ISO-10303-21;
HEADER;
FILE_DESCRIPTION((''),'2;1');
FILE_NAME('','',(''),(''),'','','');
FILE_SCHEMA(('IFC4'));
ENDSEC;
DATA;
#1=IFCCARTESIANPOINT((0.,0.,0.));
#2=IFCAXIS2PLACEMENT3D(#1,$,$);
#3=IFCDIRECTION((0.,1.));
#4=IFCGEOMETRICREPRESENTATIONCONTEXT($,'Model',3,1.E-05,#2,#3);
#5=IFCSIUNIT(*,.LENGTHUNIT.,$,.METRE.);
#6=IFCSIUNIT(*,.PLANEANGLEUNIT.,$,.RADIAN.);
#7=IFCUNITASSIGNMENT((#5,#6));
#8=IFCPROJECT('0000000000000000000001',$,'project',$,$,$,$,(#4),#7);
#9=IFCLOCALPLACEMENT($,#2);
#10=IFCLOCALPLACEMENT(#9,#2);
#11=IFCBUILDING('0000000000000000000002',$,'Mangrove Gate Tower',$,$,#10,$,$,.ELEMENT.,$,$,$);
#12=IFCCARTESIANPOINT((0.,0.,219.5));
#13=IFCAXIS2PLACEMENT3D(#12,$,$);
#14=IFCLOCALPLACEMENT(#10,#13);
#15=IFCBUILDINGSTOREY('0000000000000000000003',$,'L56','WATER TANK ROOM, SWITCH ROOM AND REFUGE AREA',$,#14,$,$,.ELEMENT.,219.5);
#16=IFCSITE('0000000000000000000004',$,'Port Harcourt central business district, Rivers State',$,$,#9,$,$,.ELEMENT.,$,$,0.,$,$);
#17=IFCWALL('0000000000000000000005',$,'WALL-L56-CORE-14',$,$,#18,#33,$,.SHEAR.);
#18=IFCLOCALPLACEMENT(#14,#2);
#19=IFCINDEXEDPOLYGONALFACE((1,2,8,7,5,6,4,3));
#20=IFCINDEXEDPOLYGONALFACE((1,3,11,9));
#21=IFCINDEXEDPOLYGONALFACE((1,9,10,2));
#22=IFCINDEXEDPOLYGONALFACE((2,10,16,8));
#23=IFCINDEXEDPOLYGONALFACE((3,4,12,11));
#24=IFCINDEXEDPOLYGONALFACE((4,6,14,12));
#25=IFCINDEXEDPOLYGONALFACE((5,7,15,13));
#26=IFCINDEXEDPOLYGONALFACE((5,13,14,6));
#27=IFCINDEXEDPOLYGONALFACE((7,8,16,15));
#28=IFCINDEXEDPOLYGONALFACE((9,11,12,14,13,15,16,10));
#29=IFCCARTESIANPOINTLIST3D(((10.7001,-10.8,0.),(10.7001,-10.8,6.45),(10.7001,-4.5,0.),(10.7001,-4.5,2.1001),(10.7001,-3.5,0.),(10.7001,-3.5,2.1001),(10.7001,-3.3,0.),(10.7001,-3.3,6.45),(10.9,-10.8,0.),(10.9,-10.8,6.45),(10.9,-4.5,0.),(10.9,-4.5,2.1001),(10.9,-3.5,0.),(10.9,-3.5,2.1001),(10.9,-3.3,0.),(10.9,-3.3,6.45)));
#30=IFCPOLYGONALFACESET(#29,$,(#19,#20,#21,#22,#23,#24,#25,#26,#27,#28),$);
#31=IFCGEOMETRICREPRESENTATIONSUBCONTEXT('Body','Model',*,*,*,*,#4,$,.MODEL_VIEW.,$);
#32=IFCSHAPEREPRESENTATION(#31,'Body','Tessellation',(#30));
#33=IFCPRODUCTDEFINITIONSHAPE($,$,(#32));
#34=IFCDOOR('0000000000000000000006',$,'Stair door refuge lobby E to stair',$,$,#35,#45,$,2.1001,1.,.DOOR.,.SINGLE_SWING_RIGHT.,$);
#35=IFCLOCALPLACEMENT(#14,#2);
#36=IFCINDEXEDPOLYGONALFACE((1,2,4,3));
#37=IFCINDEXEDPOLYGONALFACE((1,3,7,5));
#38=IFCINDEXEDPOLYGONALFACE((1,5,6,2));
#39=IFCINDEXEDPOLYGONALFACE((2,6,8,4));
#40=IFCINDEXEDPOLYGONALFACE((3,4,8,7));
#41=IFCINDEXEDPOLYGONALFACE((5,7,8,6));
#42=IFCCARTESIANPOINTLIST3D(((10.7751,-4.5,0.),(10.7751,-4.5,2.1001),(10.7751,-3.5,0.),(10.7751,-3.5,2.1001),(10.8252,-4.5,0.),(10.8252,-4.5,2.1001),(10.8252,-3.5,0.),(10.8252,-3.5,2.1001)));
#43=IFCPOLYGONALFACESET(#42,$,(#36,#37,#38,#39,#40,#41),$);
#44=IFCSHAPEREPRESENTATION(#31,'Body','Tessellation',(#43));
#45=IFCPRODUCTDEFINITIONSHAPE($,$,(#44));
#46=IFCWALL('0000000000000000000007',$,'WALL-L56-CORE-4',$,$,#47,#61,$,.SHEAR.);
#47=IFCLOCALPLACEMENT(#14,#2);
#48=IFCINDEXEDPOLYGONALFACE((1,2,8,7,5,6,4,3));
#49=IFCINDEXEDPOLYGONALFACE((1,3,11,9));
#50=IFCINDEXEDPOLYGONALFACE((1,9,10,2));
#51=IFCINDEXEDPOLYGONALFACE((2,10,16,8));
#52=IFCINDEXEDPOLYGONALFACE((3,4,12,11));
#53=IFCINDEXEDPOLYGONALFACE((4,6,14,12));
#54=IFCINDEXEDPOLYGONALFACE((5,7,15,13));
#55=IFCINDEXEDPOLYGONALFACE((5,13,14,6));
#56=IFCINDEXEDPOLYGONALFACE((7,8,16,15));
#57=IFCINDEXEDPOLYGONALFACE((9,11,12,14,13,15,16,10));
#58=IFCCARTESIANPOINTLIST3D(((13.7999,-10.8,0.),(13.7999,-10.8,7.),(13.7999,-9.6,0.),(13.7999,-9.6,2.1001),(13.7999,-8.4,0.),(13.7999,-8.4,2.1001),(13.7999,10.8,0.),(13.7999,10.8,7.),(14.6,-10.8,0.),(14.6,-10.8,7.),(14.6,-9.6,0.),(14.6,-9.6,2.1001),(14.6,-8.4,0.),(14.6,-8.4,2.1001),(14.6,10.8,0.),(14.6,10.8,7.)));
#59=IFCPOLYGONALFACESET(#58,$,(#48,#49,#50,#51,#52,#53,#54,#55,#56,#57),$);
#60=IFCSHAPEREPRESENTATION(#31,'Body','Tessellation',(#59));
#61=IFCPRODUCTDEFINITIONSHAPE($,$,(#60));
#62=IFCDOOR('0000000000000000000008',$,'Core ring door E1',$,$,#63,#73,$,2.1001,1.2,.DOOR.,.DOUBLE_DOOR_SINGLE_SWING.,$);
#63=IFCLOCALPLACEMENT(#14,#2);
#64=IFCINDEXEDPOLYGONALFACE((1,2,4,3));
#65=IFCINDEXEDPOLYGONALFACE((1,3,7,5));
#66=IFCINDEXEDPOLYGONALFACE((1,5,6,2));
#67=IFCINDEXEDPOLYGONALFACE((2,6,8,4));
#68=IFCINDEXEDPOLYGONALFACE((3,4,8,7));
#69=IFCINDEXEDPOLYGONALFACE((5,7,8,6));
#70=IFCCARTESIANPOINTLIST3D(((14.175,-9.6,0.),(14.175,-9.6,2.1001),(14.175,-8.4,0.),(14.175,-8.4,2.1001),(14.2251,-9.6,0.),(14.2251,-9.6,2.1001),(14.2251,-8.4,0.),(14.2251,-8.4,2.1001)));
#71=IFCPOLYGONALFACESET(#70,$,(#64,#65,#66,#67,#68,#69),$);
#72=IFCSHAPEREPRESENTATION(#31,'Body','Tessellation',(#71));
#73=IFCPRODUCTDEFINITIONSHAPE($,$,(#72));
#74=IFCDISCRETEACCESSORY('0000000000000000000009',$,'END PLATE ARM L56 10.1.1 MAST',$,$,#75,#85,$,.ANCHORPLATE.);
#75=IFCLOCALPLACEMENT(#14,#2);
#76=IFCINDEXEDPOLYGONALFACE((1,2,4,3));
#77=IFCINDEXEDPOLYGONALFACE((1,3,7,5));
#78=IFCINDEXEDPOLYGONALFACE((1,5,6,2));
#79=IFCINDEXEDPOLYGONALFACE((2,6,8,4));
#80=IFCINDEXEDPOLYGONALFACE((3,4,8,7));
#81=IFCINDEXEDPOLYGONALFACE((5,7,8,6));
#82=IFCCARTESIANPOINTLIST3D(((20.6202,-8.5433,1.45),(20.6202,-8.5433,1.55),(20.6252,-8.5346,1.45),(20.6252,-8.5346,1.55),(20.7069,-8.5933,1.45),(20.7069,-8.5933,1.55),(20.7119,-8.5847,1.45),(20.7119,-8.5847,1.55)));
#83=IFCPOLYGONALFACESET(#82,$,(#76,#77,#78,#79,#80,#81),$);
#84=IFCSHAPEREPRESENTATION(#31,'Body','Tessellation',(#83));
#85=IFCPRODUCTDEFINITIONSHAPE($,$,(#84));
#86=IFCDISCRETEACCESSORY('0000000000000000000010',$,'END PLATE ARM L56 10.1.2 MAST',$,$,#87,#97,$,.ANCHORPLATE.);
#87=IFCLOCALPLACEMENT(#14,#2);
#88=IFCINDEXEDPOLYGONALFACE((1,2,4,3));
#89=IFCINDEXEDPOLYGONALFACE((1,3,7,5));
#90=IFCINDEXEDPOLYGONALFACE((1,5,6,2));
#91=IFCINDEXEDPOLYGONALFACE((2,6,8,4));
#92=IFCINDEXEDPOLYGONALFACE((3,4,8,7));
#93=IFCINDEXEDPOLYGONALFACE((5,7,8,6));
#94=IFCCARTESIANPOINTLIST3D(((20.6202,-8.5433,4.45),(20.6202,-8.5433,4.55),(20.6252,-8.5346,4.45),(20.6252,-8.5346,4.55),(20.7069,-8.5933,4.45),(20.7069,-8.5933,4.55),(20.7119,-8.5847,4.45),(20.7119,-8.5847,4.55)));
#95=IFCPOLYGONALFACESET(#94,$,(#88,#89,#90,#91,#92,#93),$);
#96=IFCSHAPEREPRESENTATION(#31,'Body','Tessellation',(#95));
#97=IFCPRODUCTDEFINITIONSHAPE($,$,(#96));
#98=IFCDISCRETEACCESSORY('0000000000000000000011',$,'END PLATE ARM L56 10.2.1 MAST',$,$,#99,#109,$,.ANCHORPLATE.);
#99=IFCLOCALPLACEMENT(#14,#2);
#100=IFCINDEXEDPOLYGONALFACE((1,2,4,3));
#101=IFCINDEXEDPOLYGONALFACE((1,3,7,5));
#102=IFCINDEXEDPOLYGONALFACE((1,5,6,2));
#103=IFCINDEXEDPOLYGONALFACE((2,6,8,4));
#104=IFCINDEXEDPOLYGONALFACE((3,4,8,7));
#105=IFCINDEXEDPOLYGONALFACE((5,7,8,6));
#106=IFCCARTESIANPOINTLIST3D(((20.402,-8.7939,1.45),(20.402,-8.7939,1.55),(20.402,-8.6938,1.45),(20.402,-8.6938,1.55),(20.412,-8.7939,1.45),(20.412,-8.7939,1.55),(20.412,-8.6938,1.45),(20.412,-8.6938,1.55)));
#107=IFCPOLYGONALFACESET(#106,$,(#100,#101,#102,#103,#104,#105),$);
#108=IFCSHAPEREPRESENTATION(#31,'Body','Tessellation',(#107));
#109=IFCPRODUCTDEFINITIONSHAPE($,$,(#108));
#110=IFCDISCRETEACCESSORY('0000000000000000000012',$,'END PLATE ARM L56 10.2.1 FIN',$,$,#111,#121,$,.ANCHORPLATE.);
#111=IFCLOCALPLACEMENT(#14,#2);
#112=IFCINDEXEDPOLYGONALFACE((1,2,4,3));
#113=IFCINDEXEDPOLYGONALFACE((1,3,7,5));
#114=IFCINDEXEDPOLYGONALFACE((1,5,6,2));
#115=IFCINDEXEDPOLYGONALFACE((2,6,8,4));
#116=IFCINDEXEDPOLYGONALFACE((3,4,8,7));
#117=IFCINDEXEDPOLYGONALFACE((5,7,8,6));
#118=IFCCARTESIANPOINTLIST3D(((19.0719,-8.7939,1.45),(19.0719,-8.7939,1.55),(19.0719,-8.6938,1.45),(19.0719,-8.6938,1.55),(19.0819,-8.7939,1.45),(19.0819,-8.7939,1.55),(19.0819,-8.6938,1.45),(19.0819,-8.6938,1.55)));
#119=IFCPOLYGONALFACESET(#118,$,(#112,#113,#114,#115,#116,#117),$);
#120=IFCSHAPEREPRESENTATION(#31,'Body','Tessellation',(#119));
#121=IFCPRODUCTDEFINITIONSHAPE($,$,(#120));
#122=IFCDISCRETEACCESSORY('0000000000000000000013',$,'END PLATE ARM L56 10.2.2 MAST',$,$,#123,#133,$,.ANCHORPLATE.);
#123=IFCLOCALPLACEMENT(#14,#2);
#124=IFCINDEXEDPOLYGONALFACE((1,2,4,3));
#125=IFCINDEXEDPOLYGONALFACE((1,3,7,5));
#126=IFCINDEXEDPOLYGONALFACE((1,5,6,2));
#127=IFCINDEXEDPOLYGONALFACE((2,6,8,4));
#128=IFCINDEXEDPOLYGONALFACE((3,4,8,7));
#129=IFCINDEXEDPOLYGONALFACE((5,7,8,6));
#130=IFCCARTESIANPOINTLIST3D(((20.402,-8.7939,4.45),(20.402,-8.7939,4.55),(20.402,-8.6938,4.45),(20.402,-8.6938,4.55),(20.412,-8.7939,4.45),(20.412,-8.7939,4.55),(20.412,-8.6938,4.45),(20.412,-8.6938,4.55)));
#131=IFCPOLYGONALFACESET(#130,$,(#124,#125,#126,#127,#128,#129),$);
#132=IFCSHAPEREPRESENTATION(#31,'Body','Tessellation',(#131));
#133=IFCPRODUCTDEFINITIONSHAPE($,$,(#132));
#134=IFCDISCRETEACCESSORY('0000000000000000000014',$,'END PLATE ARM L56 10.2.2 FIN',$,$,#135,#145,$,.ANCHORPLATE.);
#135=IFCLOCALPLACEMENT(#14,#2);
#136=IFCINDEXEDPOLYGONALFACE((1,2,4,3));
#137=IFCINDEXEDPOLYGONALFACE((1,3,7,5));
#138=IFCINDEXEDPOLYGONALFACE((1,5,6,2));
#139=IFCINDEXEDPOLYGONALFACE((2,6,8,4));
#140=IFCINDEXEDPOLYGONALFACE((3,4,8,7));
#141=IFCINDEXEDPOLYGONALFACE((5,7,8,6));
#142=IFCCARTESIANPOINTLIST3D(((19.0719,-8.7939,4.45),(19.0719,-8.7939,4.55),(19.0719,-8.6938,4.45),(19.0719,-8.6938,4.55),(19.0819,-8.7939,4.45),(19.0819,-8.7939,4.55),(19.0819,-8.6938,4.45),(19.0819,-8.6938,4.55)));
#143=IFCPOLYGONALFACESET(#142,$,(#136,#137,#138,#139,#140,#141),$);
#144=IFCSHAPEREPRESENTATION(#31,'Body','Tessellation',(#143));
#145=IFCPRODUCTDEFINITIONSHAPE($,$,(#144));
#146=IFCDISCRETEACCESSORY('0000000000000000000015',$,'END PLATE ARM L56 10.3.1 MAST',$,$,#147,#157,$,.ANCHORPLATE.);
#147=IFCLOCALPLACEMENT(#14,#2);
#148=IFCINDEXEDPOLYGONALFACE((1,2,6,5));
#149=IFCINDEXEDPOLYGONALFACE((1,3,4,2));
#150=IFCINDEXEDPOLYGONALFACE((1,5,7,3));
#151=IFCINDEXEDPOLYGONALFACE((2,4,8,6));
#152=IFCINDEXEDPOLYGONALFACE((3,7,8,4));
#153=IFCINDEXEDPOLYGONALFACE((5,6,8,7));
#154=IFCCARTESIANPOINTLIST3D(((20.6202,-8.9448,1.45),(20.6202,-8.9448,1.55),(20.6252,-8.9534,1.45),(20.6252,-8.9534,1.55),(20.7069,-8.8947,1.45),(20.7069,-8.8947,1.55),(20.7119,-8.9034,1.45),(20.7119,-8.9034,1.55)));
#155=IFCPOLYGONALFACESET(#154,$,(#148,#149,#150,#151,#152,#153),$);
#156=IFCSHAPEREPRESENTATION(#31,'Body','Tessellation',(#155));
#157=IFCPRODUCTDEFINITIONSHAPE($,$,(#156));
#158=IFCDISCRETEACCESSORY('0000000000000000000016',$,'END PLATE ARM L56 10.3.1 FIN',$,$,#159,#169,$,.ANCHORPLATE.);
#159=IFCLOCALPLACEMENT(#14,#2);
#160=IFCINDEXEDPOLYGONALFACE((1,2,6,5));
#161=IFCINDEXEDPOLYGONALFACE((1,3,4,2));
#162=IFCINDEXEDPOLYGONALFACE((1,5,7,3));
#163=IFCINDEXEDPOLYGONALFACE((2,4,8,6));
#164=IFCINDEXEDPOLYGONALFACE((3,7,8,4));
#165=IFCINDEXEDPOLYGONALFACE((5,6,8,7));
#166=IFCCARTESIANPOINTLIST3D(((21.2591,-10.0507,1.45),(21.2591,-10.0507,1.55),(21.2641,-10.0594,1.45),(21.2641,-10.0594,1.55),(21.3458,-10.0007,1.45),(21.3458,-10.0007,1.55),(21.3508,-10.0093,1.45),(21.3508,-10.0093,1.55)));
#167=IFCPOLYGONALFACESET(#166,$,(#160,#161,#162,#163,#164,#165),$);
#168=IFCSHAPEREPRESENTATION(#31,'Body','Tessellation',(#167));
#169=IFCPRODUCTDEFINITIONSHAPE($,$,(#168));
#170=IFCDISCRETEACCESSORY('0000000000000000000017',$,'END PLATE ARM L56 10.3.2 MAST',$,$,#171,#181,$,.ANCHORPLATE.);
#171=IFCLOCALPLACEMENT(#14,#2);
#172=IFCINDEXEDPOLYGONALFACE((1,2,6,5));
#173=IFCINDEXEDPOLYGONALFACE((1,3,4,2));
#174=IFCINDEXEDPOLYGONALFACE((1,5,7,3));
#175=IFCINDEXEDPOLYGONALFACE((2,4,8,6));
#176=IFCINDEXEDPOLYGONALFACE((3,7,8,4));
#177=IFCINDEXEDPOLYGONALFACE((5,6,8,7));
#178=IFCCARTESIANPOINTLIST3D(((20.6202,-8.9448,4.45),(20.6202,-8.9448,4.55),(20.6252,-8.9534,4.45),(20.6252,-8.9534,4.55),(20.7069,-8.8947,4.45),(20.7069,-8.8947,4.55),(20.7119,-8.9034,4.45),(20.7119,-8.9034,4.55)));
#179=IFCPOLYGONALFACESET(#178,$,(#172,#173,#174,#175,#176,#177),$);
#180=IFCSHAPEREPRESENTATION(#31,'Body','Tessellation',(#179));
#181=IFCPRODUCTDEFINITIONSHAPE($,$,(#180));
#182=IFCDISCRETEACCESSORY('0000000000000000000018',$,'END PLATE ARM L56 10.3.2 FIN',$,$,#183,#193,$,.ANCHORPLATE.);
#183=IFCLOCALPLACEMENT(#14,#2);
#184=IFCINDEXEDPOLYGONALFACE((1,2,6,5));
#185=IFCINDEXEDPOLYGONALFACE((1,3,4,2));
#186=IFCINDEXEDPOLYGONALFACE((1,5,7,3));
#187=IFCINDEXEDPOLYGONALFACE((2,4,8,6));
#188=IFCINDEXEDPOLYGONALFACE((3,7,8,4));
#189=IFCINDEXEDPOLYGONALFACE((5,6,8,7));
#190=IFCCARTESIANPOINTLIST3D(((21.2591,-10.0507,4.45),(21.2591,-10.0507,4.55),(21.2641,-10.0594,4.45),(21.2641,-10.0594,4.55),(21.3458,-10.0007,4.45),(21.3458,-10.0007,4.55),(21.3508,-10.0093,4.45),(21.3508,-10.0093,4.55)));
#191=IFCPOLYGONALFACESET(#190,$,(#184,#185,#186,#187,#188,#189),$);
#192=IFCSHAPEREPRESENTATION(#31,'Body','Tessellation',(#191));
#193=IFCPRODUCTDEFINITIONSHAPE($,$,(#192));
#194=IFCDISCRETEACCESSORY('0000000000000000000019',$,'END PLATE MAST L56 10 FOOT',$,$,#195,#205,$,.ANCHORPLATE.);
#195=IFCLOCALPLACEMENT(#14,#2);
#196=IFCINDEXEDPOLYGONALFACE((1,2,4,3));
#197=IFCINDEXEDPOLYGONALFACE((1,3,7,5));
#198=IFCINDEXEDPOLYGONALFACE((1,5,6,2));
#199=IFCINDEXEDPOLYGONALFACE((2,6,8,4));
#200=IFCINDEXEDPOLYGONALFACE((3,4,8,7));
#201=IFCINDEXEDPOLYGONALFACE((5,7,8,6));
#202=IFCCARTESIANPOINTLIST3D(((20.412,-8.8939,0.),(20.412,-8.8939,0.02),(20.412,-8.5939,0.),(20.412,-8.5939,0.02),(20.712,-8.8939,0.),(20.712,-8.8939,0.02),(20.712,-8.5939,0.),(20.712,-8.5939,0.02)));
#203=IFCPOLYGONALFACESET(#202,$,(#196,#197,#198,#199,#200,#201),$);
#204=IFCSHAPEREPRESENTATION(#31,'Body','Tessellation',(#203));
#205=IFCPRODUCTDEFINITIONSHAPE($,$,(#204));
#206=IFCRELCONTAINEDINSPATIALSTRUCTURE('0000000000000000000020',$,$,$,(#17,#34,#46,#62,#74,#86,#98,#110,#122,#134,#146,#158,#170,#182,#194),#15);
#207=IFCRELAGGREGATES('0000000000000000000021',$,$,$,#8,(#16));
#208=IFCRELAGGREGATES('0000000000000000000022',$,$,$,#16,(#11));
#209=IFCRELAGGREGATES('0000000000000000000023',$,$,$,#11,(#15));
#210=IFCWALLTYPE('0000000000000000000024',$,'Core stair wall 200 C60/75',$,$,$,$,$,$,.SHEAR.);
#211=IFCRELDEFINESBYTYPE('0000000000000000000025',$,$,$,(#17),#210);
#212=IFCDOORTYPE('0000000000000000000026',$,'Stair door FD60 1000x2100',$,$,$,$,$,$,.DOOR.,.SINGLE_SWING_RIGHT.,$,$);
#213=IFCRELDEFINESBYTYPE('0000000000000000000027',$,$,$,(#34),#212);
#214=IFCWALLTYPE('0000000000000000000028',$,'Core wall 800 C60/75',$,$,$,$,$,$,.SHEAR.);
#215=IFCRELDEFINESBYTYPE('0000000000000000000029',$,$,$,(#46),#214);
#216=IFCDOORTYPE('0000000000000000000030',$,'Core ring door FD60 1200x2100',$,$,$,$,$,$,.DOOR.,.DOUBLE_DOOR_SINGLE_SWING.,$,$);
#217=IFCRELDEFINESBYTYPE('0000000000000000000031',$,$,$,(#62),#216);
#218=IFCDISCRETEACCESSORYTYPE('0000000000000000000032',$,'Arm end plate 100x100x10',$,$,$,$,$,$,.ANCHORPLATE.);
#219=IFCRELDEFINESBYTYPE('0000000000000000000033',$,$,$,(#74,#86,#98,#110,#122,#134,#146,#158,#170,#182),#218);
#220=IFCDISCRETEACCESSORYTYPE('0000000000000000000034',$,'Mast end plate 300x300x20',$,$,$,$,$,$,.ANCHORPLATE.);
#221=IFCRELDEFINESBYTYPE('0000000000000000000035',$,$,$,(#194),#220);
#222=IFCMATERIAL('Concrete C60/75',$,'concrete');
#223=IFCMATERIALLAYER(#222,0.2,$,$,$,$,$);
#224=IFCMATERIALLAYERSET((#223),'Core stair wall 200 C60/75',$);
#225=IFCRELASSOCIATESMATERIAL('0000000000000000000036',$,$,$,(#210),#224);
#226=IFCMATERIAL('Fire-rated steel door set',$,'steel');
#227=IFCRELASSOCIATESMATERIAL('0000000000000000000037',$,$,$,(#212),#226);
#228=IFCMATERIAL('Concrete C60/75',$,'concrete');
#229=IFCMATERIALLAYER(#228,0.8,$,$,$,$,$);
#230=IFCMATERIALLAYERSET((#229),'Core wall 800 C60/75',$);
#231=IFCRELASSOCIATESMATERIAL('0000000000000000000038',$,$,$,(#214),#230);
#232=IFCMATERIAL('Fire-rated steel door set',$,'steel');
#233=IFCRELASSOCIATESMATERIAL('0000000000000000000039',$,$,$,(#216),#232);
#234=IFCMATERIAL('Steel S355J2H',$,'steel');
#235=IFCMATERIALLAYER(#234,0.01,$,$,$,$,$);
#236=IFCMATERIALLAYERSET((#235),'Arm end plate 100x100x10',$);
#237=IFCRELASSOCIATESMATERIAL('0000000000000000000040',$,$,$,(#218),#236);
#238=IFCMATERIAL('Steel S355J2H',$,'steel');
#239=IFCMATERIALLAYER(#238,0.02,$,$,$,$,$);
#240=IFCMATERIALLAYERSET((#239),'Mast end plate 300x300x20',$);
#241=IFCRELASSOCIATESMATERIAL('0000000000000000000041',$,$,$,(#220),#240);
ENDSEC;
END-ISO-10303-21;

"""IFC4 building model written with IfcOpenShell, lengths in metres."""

from ifc_helpers import new_model, si_unit, direction, frame, frame_2d, origin, origin_2d, place, context, subcontext, project, spatial, rectangle, extrude, material, layer, layer_set, type_object, element, fill, save


model = new_model("IFC4")

# Units and contexts
model_context = context("Model", 3, precision=1e-05, world=origin(), true_north=direction((0.0, 1.0)))
body_context = subcontext(model_context, "Body", "Model", "MODEL_VIEW")
ifc_project = project(units=[si_unit("LENGTHUNIT", "METRE"), si_unit("PLANEANGLEUNIT", "RADIAN")], contexts=[model_context])

# Site, building, storey
site_placement = place(None, origin())
site = spatial("IfcSite", under=ifc_project, at=site_placement, Name="Port Harcourt central business district, Rivers State", CompositionType="ELEMENT", RefElevation=0.0)
building_placement = place(site_placement, origin())
building = spatial("IfcBuilding", under=site, at=building_placement, Name="Mangrove Gate Tower", CompositionType="ELEMENT")
storey_placement = place(building_placement, frame((0.0, 0.0, 219.5)))
storey = spatial("IfcBuildingStorey", under=building, at=storey_placement, Name="L56", Description="WATER TANK ROOM, SWITCH ROOM AND REFUGE AREA", CompositionType="ELEMENT", Elevation=219.5)

# Walls, openings, doors
ifc_material_1 = material(Name="Concrete C60/75", Category="concrete")
ifc_layer_1 = layer(ifc_material_1, 0.2)
ifc_layer_set_1 = layer_set([ifc_layer_1], Name="Core stair wall 200 C60/75")
wall_type_1 = type_object("IfcWallType", Name="Core stair wall 200 C60/75", PredefinedType="SHEAR", material=ifc_layer_set_1)
wall_1_placement = place(storey_placement, frame((10.8, -10.8, 0.0), z_axis=(0.0, 0.0, 1.0), x_axis=(0.0, 1.0, 0.0)))
wall_1 = element("IfcWall", 1, at=wall_1_placement, inside=storey, type_object=wall_type_1, Name="WALL-L56-CORE-14", PredefinedType="SHEAR", context=body_context, shape_type="SweptSolid", body=[
    extrude(rectangle(XDim=7.5, YDim=0.2, at=frame_2d((3.75, 0.0))), origin(), (0.0, 0.0, 1.0), 6.45),
])
opening_1_placement = place(wall_1_placement, frame((6.3, 0.0, 0.0)))
opening_1 = element("IfcOpeningElement", 2, at=opening_1_placement, cuts=wall_1, PredefinedType="OPENING", context=body_context, shape_type="SweptSolid", body=[
    extrude(rectangle(XDim=1.0, YDim=2.1001, at=frame_2d((0.5, 1.05))), frame((0.0, 0.1099, 0.0), z_axis=(0.0, -1.0, 0.0), x_axis=(1.0, 0.0, 0.0)), (0.0, 0.0, 1.0), 0.22),
])
ifc_material_2 = material(Name="Fire-rated steel door set", Category="steel")
door_type_1 = type_object("IfcDoorType", Name="Stair door FD60 1000x2100", OperationType="SINGLE_SWING_RIGHT", PredefinedType="DOOR", material=ifc_material_2)
door_1_placement = place(opening_1_placement, origin())
door_1 = element("IfcDoor", 3, at=door_1_placement, inside=storey, type_object=door_type_1, Name="Stair door refuge lobby E to stair", OperationType="SINGLE_SWING_RIGHT", OverallHeight=2.1001, OverallWidth=1.0, PredefinedType="DOOR", context=body_context, shape_type="SweptSolid", body=[
    extrude(rectangle(XDim=1.0, YDim=2.1001, at=frame_2d((0.5, 1.05))), frame((0.0, 0.0249, 0.0), z_axis=(0.0, -1.0, 0.0), x_axis=(1.0, 0.0, 0.0)), (0.0, 0.0, 1.0), 0.05),
])
fill(opening_1, door_1)
ifc_material_3 = material(Name="Concrete C60/75", Category="concrete")
ifc_layer_2 = layer(ifc_material_3, 0.8)
ifc_layer_set_2 = layer_set([ifc_layer_2], Name="Core wall 800 C60/75")
wall_type_2 = type_object("IfcWallType", Name="Core wall 800 C60/75", PredefinedType="SHEAR", material=ifc_layer_set_2)
wall_2_placement = place(storey_placement, frame((14.2, -10.8, 0.0), z_axis=(0.0, 0.0, 1.0), x_axis=(0.0, 1.0, 0.0)))
wall_2 = element("IfcWall", 4, at=wall_2_placement, inside=storey, type_object=wall_type_2, Name="WALL-L56-CORE-4", PredefinedType="SHEAR", context=body_context, shape_type="SweptSolid", body=[
    extrude(rectangle(XDim=21.6001, YDim=0.8, at=frame_2d((10.8, 0.0))), origin(), (0.0, 0.0, 1.0), 7.0),
])
opening_2_placement = place(wall_2_placement, frame((1.2, 0.0, 0.0)))
opening_2 = element("IfcOpeningElement", 5, at=opening_2_placement, cuts=wall_2, PredefinedType="OPENING", context=body_context, shape_type="SweptSolid", body=[
    extrude(rectangle(XDim=1.2, YDim=2.1001, at=frame_2d((0.6001, 1.05))), frame((0.0, 0.4099, 0.0), z_axis=(0.0, -1.0, 0.0), x_axis=(1.0, 0.0, 0.0)), (0.0, 0.0, 1.0), 0.8201),
])
ifc_material_4 = material(Name="Fire-rated steel door set", Category="steel")
door_type_2 = type_object("IfcDoorType", Name="Core ring door FD60 1200x2100", OperationType="DOUBLE_DOOR_SINGLE_SWING", PredefinedType="DOOR", material=ifc_material_4)
door_2_placement = place(opening_2_placement, origin())
door_2 = element("IfcDoor", 6, at=door_2_placement, inside=storey, type_object=door_type_2, Name="Core ring door E1", OperationType="DOUBLE_DOOR_SINGLE_SWING", OverallHeight=2.1001, OverallWidth=1.2, PredefinedType="DOOR", context=body_context, shape_type="SweptSolid", body=[
    extrude(rectangle(XDim=1.2, YDim=2.1001, at=frame_2d((0.6001, 1.05))), frame((0.0, 0.0249, 0.0), z_axis=(0.0, -1.0, 0.0), x_axis=(1.0, 0.0, 0.0)), (0.0, 0.0, 1.0), 0.05),
])
fill(opening_2, door_2)

# Discrete accessories
ifc_material_5 = material(Name="Steel S355J2H", Category="steel")
ifc_layer_3 = layer(ifc_material_5, 0.01)
ifc_layer_set_3 = layer_set([ifc_layer_3], Name="Arm end plate 100x100x10")
discrete_accessory_type_1 = type_object("IfcDiscreteAccessoryType", Name="Arm end plate 100x100x10", PredefinedType="ANCHORPLATE", material=ifc_layer_set_3)
for number, where, z_axis, x_axis, name in (
    (7, (20.666, -8.564, 1.45), (0.0, 0.0, 1.0), (0.5, 0.866025, 0.0), "END PLATE ARM L56 10.1.1 MAST"),
    (8, (20.666, -8.564, 4.45), (0.0, 0.0, 1.0), (0.5, 0.866025, 0.0), "END PLATE ARM L56 10.1.2 MAST"),
    (9, (20.407, -8.7439, 1.45), (0.0, 0.0, 1.0), (-1.0, 0.0, 0.0), "END PLATE ARM L56 10.2.1 MAST"),
    (10, (19.0769, -8.7439, 1.45), (0.0, 0.0, 1.0), (-1.0, 0.0, 0.0), "END PLATE ARM L56 10.2.1 FIN"),
    (11, (20.407, -8.7439, 4.45), (0.0, 0.0, 1.0), (-1.0, 0.0, 0.0), "END PLATE ARM L56 10.2.2 MAST"),
    (12, (19.0769, -8.7439, 4.45), (0.0, 0.0, 1.0), (-1.0, 0.0, 0.0), "END PLATE ARM L56 10.2.2 FIN"),
    (13, (20.666, -8.9241, 1.45), (0.0, 0.0, 1.0), (0.5, -0.866025, 0.0), "END PLATE ARM L56 10.3.1 MAST"),
    (14, (21.3049, -10.03, 1.45), (0.0, 0.0, 1.0), (0.5, -0.866025, 0.0), "END PLATE ARM L56 10.3.1 FIN"),
    (15, (20.666, -8.9241, 4.45), (0.0, 0.0, 1.0), (0.5, -0.866025, 0.0), "END PLATE ARM L56 10.3.2 MAST"),
    (16, (21.3049, -10.03, 4.45), (0.0, 0.0, 1.0), (0.5, -0.866025, 0.0), "END PLATE ARM L56 10.3.2 FIN"),
):
    element("IfcDiscreteAccessory", number, at=place(storey_placement, frame(where, z_axis=z_axis, x_axis=x_axis)), inside=storey, type_object=discrete_accessory_type_1, Name=name, PredefinedType="ANCHORPLATE", context=body_context, shape_type="SweptSolid", body=[
        extrude(rectangle(XDim=0.01, YDim=0.1001, at=origin_2d()), origin(), (0.0, 0.0, 1.0), 0.1001),
    ])
ifc_material_6 = material(Name="Steel S355J2H", Category="steel")
ifc_layer_4 = layer(ifc_material_6, 0.02)
ifc_layer_set_4 = layer_set([ifc_layer_4], Name="Mast end plate 300x300x20")
discrete_accessory_type_2 = type_object("IfcDiscreteAccessoryType", Name="Mast end plate 300x300x20", PredefinedType="ANCHORPLATE", material=ifc_layer_set_4)
for number, where, z_axis, x_axis, name in (
    (17, (20.562, -8.7439, 0.0), (0.0, 0.0, 1.0), (1.0, 0.0, 0.0), "END PLATE MAST L56 10 FOOT"),
):
    element("IfcDiscreteAccessory", number, at=place(storey_placement, frame(where, z_axis=z_axis, x_axis=x_axis)), inside=storey, type_object=discrete_accessory_type_2, Name=name, PredefinedType="ANCHORPLATE", context=body_context, shape_type="SweptSolid", body=[
        extrude(rectangle(XDim=0.3, YDim=0.3, at=origin_2d()), origin(), (0.0, 0.0, 1.0), 0.02),
    ])

save(model, "model.ifc")
